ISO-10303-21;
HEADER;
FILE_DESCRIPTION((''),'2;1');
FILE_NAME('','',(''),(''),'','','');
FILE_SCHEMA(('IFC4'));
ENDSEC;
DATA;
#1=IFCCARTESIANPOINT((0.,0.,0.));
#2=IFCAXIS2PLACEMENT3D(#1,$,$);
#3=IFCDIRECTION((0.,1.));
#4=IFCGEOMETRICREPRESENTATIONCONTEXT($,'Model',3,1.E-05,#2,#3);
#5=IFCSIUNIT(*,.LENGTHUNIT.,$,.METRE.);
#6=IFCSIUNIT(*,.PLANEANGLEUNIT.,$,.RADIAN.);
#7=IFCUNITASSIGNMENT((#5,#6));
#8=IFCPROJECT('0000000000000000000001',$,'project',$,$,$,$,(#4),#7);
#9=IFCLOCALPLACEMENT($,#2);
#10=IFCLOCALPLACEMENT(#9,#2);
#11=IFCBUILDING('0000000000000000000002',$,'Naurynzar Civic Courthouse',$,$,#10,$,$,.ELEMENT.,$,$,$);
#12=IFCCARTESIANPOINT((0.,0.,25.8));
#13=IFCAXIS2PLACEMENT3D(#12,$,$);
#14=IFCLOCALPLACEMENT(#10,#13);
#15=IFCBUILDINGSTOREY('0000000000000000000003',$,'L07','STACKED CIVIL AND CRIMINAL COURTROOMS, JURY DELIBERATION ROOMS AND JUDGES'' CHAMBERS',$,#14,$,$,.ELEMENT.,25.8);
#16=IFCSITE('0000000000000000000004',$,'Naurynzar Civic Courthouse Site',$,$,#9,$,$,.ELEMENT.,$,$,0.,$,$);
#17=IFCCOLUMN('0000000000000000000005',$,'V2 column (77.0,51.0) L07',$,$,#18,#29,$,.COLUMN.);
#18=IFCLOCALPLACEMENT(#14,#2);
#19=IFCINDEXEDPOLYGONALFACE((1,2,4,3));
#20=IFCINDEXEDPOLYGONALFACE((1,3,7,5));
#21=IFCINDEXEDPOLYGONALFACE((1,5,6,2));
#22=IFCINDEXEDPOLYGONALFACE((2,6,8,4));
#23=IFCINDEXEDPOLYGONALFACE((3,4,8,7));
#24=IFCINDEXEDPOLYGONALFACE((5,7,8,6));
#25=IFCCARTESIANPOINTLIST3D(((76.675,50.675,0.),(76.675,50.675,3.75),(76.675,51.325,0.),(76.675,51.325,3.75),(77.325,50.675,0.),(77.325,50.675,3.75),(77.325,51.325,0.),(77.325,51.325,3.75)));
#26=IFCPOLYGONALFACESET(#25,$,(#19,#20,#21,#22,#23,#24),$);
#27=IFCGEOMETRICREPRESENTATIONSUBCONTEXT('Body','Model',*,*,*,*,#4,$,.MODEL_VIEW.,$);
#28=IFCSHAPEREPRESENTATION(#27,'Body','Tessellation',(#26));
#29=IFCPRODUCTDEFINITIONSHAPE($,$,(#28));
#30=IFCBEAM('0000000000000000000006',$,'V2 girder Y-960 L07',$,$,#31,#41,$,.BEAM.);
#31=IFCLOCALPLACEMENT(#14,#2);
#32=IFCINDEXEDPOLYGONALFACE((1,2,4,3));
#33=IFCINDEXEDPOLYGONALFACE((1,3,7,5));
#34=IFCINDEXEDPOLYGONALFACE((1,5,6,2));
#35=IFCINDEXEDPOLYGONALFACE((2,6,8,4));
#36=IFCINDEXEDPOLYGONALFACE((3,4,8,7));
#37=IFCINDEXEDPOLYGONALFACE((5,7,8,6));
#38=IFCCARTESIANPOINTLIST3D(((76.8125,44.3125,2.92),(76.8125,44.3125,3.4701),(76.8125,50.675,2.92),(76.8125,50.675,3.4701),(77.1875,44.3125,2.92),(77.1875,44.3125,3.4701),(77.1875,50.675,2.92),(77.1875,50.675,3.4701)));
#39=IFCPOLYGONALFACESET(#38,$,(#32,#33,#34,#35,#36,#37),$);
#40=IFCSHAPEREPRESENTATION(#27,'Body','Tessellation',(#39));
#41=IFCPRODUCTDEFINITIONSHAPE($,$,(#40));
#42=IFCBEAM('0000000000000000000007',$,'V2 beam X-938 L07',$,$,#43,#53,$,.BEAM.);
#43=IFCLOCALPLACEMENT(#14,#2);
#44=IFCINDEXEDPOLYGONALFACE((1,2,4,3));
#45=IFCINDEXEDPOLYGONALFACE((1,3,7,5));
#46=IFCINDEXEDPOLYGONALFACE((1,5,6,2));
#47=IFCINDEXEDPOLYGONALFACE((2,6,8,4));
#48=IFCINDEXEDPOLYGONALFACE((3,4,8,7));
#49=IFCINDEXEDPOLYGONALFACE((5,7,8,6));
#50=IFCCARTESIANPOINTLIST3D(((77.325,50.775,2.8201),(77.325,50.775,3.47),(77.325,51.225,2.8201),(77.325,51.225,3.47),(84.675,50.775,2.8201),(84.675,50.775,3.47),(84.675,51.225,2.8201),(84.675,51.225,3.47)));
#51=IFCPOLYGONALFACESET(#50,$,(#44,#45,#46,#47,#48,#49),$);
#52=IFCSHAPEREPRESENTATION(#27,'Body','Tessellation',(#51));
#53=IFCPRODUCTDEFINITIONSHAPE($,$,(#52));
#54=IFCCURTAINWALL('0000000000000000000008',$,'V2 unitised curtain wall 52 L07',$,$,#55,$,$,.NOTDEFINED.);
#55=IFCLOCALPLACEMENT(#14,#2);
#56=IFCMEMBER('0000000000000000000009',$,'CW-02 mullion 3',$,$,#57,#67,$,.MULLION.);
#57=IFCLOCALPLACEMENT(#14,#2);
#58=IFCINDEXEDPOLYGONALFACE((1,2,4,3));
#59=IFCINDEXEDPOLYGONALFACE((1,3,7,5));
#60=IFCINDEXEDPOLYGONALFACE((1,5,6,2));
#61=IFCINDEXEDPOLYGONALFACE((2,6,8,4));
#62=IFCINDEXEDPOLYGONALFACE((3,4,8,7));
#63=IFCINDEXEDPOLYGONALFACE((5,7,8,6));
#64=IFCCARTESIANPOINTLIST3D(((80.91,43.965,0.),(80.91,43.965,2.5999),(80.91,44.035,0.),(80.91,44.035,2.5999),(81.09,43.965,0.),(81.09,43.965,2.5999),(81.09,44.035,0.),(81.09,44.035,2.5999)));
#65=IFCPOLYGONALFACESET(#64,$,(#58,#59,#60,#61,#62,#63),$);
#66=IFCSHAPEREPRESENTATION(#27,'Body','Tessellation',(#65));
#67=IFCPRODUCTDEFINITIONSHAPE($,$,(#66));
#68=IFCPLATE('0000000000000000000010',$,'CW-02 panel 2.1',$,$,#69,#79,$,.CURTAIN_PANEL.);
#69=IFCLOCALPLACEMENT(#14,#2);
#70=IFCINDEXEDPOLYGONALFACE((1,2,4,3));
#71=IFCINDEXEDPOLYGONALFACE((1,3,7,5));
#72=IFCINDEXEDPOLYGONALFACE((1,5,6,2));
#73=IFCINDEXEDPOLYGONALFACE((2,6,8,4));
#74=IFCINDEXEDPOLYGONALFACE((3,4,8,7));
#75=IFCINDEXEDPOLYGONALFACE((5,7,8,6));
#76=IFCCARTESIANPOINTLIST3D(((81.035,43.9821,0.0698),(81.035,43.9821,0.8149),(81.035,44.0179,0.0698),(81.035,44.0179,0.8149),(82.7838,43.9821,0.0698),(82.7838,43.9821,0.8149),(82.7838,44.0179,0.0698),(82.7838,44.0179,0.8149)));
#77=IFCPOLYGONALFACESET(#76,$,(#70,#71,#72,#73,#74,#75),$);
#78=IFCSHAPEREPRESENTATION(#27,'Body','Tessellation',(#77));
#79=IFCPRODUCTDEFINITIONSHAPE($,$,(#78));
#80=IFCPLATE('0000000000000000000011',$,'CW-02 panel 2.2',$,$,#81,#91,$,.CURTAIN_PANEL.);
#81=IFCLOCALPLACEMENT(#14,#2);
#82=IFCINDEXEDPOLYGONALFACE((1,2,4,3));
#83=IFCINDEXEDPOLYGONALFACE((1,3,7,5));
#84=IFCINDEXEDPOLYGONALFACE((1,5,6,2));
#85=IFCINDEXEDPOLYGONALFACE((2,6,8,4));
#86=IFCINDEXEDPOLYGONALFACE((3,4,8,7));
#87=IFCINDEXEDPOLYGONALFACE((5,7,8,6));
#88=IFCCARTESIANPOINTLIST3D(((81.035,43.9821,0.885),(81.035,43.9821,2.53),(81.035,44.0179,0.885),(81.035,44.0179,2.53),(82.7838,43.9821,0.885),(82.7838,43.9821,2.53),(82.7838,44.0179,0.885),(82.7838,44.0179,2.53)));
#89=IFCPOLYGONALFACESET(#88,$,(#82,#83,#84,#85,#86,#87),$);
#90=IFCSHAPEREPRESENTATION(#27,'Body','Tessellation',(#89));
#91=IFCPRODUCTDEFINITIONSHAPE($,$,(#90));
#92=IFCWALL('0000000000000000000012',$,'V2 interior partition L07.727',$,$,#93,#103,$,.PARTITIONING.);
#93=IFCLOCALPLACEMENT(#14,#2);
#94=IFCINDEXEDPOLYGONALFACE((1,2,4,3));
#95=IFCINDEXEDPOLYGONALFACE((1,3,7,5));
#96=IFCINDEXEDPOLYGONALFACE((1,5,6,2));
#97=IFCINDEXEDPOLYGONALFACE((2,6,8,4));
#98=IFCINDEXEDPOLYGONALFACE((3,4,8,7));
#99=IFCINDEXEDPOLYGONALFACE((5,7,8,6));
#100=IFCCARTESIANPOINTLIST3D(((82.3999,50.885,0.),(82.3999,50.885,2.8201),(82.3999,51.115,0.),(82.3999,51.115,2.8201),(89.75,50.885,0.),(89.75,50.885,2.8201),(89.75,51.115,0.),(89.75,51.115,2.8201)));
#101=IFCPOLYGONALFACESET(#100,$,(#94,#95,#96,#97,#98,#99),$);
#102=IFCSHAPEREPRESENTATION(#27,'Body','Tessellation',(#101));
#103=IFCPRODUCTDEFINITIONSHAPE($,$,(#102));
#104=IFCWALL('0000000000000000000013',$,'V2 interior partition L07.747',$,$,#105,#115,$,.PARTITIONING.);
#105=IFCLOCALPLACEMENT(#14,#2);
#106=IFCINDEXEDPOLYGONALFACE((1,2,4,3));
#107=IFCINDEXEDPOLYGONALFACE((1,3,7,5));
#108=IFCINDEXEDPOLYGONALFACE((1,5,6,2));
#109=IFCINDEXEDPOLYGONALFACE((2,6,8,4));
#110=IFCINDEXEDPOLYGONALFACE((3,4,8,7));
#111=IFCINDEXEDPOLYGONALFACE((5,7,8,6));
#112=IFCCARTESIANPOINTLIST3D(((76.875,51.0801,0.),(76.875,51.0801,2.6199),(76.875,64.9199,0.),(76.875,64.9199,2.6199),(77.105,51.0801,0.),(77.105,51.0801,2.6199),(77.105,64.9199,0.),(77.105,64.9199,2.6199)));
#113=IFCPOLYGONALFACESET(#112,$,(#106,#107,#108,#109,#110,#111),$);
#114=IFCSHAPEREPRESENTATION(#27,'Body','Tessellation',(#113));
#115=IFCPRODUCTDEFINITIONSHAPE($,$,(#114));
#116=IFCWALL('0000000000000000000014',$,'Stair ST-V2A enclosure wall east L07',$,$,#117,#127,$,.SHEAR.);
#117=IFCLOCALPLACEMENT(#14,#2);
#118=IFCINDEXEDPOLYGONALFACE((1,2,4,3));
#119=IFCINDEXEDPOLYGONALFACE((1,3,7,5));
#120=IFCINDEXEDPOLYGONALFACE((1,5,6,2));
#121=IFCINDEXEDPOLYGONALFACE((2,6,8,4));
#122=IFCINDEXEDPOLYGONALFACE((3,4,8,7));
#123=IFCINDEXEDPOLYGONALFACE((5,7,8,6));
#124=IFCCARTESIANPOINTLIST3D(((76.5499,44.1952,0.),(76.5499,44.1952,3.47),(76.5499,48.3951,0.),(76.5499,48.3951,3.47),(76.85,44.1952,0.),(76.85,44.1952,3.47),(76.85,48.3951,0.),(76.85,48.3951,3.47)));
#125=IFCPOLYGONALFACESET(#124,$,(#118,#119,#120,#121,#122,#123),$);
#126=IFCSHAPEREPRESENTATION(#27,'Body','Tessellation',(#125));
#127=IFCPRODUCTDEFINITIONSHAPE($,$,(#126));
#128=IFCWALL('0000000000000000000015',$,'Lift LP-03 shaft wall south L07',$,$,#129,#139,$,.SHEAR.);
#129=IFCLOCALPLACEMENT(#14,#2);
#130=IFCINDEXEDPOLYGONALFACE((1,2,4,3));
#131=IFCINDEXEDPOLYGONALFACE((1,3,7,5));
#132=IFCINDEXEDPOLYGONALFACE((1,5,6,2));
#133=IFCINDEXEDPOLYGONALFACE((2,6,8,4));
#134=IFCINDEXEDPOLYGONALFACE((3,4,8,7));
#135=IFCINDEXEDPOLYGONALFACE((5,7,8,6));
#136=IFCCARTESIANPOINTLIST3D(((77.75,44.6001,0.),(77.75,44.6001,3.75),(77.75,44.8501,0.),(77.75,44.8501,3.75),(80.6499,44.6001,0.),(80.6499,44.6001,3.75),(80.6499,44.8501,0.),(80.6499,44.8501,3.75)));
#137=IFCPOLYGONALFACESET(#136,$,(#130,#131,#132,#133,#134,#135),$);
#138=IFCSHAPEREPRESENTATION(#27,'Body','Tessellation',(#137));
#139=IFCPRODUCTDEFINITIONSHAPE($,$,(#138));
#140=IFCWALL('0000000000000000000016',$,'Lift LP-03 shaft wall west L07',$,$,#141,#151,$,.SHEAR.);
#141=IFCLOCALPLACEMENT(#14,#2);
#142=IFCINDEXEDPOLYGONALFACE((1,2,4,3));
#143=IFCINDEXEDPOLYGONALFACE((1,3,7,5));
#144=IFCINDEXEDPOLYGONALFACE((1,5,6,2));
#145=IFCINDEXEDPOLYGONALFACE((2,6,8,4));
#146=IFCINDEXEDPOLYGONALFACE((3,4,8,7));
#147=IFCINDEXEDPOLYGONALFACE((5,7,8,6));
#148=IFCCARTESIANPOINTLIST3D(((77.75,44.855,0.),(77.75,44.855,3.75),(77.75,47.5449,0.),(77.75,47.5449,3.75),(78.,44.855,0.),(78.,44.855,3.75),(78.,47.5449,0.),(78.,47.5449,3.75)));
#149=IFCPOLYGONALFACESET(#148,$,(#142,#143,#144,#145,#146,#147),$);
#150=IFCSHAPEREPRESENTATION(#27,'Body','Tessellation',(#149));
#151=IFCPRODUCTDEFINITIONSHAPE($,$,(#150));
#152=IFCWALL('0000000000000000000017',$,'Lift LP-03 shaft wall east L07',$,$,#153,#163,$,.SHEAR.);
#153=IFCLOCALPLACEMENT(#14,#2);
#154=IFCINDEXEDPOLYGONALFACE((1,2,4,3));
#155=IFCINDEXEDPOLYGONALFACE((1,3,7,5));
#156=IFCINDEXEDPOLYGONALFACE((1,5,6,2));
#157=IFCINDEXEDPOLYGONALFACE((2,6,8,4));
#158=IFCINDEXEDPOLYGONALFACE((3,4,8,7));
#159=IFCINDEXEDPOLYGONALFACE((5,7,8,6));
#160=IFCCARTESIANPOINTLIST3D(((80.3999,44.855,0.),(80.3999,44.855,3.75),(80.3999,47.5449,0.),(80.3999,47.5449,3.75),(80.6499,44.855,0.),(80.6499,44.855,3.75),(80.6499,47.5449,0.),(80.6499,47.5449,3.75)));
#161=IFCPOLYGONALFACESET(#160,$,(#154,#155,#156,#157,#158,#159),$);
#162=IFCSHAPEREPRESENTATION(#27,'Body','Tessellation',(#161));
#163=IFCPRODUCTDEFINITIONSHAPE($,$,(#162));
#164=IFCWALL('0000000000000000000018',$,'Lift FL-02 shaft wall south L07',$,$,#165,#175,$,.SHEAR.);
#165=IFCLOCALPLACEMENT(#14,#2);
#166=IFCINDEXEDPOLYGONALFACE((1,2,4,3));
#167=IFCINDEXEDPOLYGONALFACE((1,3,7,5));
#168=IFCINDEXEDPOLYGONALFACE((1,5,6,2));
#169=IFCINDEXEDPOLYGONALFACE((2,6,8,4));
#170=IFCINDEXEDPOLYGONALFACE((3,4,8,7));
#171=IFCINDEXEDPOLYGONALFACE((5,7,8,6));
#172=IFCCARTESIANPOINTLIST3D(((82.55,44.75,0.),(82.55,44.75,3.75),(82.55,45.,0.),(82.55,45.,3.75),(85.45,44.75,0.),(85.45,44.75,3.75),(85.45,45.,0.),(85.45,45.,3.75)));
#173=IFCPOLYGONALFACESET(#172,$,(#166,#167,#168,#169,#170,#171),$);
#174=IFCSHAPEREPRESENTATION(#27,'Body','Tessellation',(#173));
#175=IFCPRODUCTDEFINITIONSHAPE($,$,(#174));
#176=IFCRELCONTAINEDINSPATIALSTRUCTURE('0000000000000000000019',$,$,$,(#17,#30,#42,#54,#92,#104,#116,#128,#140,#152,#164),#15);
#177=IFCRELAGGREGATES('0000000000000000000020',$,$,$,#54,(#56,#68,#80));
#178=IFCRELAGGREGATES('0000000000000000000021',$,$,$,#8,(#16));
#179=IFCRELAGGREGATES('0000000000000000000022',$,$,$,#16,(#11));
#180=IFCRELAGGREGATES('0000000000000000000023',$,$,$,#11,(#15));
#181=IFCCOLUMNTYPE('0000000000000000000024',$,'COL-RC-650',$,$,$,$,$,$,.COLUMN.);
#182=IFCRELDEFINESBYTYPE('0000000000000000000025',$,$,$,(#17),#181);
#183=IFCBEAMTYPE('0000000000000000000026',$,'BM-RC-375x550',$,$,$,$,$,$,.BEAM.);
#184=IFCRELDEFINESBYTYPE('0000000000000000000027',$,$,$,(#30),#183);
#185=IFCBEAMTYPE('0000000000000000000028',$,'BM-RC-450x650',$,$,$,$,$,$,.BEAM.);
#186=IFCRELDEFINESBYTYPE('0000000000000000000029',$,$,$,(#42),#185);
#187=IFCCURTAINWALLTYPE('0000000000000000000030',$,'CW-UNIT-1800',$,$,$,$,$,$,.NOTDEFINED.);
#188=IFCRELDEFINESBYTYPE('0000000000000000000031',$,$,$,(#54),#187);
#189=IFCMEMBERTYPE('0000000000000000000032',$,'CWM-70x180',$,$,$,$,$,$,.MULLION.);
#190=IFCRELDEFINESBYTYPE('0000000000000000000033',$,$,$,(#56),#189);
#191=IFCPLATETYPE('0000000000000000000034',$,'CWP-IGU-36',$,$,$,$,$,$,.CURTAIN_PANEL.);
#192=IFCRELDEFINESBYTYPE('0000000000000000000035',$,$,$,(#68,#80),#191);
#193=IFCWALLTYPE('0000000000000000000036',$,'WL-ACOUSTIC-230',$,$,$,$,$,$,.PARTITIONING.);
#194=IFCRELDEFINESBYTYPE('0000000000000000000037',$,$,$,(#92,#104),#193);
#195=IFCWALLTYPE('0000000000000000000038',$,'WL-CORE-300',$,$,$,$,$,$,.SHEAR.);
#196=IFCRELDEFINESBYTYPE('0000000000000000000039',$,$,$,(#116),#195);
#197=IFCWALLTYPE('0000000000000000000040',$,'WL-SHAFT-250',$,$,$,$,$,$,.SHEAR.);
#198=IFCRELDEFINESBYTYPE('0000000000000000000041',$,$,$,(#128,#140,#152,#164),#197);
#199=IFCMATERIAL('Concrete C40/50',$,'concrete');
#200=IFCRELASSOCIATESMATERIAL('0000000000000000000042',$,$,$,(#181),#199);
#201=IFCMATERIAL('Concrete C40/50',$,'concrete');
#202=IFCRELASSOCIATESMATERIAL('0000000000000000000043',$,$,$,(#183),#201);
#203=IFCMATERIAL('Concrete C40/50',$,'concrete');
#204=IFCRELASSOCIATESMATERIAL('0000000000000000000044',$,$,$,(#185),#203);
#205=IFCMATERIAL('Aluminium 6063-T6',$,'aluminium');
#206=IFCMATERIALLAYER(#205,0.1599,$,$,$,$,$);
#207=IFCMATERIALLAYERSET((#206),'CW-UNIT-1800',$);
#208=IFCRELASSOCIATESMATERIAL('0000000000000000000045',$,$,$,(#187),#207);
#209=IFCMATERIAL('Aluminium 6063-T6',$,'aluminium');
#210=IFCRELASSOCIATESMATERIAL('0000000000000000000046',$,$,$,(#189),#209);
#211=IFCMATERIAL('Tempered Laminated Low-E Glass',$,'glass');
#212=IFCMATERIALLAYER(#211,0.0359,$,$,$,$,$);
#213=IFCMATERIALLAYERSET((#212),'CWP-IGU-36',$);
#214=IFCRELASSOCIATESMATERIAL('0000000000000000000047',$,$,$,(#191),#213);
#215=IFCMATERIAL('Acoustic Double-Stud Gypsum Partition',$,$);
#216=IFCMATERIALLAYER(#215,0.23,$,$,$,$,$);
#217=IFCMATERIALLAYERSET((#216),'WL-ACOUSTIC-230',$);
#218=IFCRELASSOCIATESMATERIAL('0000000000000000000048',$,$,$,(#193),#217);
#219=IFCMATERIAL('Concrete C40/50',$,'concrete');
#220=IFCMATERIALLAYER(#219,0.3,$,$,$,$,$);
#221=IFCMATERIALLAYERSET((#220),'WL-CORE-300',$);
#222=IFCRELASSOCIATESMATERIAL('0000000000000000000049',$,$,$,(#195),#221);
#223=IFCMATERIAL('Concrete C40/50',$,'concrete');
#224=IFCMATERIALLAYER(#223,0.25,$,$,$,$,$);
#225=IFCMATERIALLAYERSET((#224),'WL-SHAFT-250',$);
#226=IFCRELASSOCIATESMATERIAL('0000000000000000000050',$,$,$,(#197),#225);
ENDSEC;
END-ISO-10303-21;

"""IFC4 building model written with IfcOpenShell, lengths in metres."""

from ifc_helpers import new_model, si_unit, direction, frame, frame_2d, origin, origin_2d, place, context, subcontext, project, spatial, rectangle, extrude, material, layer, layer_set, material_profile, profile_set, type_object, element, aggregate, save


model = new_model("IFC4")

# Units and contexts
model_context = context("Model", 3, precision=1e-05, world=origin(), true_north=direction((0.0, 1.0)))
body_context = subcontext(model_context, "Body", "Model", "MODEL_VIEW")
ifc_project = project(units=[si_unit("LENGTHUNIT", "METRE"), si_unit("PLANEANGLEUNIT", "RADIAN")], contexts=[model_context])

# Site, building, storey
site_placement = place(None, origin())
site = spatial("IfcSite", under=ifc_project, at=site_placement, Name="Naurynzar Civic Courthouse Site", CompositionType="ELEMENT", RefElevation=0.0)
building_placement = place(site_placement, origin())
building = spatial("IfcBuilding", under=site, at=building_placement, Name="Naurynzar Civic Courthouse", CompositionType="ELEMENT")
storey_placement = place(building_placement, frame((0.0, 0.0, 25.8)))
storey = spatial("IfcBuildingStorey", under=building, at=storey_placement, Name="L07", Description="STACKED CIVIL AND CRIMINAL COURTROOMS, JURY DELIBERATION ROOMS AND JUDGES' CHAMBERS", CompositionType="ELEMENT", Elevation=25.8)

# Column
ifc_material_1 = material(Name="Concrete C40/50", Category="concrete")
ifc_material_profile_1 = material_profile(ifc_material_1, rectangle(XDim=0.6499, YDim=0.6499, at=origin_2d()), Name="RC 650x650")
ifc_profile_set_1 = profile_set([ifc_material_profile_1], Name="Concrete C40/50")
column_type = type_object("IfcColumnType", Name="COL-RC-650", PredefinedType="COLUMN", material=ifc_profile_set_1)
column_placement = place(storey_placement, frame((77.0, 51.0, 0.0), z_axis=(0.0, 0.0, 1.0), x_axis=(1.0, 0.0, 0.0)))
element("IfcColumn", 1, at=column_placement, inside=storey, type_object=column_type, Name="V2 column (77.0,51.0) L07", PredefinedType="COLUMN", context=body_context, shape_type="SweptSolid", body=[
    extrude(rectangle(XDim=0.6499, YDim=0.6499, at=origin_2d()), origin(), (0.0, 0.0, 1.0), 3.75),
])

# Beams
ifc_material_2 = material(Name="Concrete C40/50", Category="concrete")
ifc_material_profile_2 = material_profile(ifc_material_2, rectangle(XDim=0.375, YDim=0.55, at=origin_2d()), Name="RCB 375x550")
ifc_profile_set_2 = profile_set([ifc_material_profile_2], Name="Concrete C40/50")
beam_type_1 = type_object("IfcBeamType", Name="BM-RC-375x550", PredefinedType="BEAM", material=ifc_profile_set_2)
beam_1_placement = place(storey_placement, frame((77.0, 44.3125, 3.1951), z_axis=(0.0, 1.0, 0.0), x_axis=(-1.0, 0.0, 0.0)))
element("IfcBeam", 2, at=beam_1_placement, inside=storey, type_object=beam_type_1, Name="V2 girder Y-960 L07", PredefinedType="BEAM", context=body_context, shape_type="SweptSolid", body=[
    extrude(rectangle(XDim=0.375, YDim=0.55, at=origin_2d()), origin(), (0.0, 0.0, 1.0), 6.3625),
])
ifc_material_3 = material(Name="Concrete C40/50", Category="concrete")
ifc_material_profile_3 = material_profile(ifc_material_3, rectangle(XDim=0.45, YDim=0.6499, at=origin_2d()), Name="RCB 450x650")
ifc_profile_set_3 = profile_set([ifc_material_profile_3], Name="Concrete C40/50")
beam_type_2 = type_object("IfcBeamType", Name="BM-RC-450x650", PredefinedType="BEAM", material=ifc_profile_set_3)
beam_2_placement = place(storey_placement, frame((77.325, 51.0, 3.145), z_axis=(1.0, 0.0, 0.0), x_axis=(0.0, 1.0, 0.0)))
element("IfcBeam", 3, at=beam_2_placement, inside=storey, type_object=beam_type_2, Name="V2 beam X-938 L07", PredefinedType="BEAM", context=body_context, shape_type="SweptSolid", body=[
    extrude(rectangle(XDim=0.45, YDim=0.6499, at=origin_2d()), origin(), (0.0, 0.0, 1.0), 7.3501),
])

# Curtain wall, member, plates
ifc_material_4 = material(Name="Aluminium 6063-T6", Category="aluminium")
ifc_layer_1 = layer(ifc_material_4, 0.1599)
ifc_layer_set_1 = layer_set([ifc_layer_1], Name="CW-UNIT-1800")
curtain_wall_type = type_object("IfcCurtainWallType", Name="CW-UNIT-1800", PredefinedType="NOTDEFINED", material=ifc_layer_set_1)
curtain_wall_placement = place(storey_placement, origin())
curtain_wall = element("IfcCurtainWall", 4, at=curtain_wall_placement, inside=storey, type_object=curtain_wall_type, Name="V2 unitised curtain wall 52 L07", PredefinedType="NOTDEFINED")
ifc_material_5 = material(Name="Aluminium 6063-T6", Category="aluminium")
ifc_material_profile_4 = material_profile(ifc_material_5, rectangle(XDim=0.0701, YDim=0.1799, at=origin_2d()), Name="ALU MULLION 70x180")
ifc_profile_set_4 = profile_set([ifc_material_profile_4], Name="Aluminium 6063-T6")
member_type = type_object("IfcMemberType", Name="CWM-70x180", PredefinedType="MULLION", material=ifc_profile_set_4)
member_placement = place(storey_placement, frame((81.0, 44.0, 0.0), z_axis=(0.0, 0.0, 1.0), x_axis=(0.0, -1.0, 0.0)))
member = element("IfcMember", 5, at=member_placement, type_object=member_type, Name="CW-02 mullion 3", PredefinedType="MULLION", context=body_context, shape_type="SweptSolid", body=[
    extrude(rectangle(XDim=0.0701, YDim=0.1799, at=origin_2d()), origin(), (0.0, 0.0, 1.0), 2.5999),
])
ifc_material_6 = material(Name="Tempered Laminated Low-E Glass", Category="glass")
ifc_layer_2 = layer(ifc_material_6, 0.0359)
ifc_layer_set_2 = layer_set([ifc_layer_2], Name="CWP-IGU-36")
plate_type = type_object("IfcPlateType", Name="CWP-IGU-36", PredefinedType="CURTAIN_PANEL", material=ifc_layer_set_2)
plate_1_placement = place(storey_placement, frame((81.9094, 44.0, 0.0698), z_axis=(0.0, 0.0, 1.0), x_axis=(-1.0, 0.0, 0.0)))
plate_1 = element("IfcPlate", 6, at=plate_1_placement, type_object=plate_type, Name="CW-02 panel 2.1", PredefinedType="CURTAIN_PANEL", context=body_context, shape_type="SweptSolid", body=[
    extrude(rectangle(XDim=1.7488, YDim=0.0359, at=origin_2d()), origin(), (0.0, 0.0, 1.0), 0.7451),
])
plate_2_placement = place(storey_placement, frame((81.9094, 44.0, 0.885), z_axis=(0.0, 0.0, 1.0), x_axis=(-1.0, 0.0, 0.0)))
plate_2 = element("IfcPlate", 7, at=plate_2_placement, type_object=plate_type, Name="CW-02 panel 2.2", PredefinedType="CURTAIN_PANEL", context=body_context, shape_type="SweptSolid", body=[
    extrude(rectangle(XDim=1.7488, YDim=0.0359, at=origin_2d()), origin(), (0.0, 0.0, 1.0), 1.645),
])
aggregate(curtain_wall, [member, plate_1, plate_2])

# Walls
ifc_material_7 = material(Name="Acoustic Double-Stud Gypsum Partition")
ifc_layer_3 = layer(ifc_material_7, 0.23)
ifc_layer_set_3 = layer_set([ifc_layer_3], Name="WL-ACOUSTIC-230")
wall_type_1 = type_object("IfcWallType", Name="WL-ACOUSTIC-230", PredefinedType="PARTITIONING", material=ifc_layer_set_3)
wall_1_placement = place(storey_placement, frame((82.3999, 51.0, 0.0), z_axis=(0.0, 0.0, 1.0), x_axis=(1.0, 0.0, 0.0)))
element("IfcWall", 8, at=wall_1_placement, inside=storey, type_object=wall_type_1, Name="V2 interior partition L07.727", PredefinedType="PARTITIONING", context=body_context, shape_type="SweptSolid", body=[
    extrude(rectangle(XDim=7.3501, YDim=0.23, at=frame_2d((3.675, 0.0))), origin(), (0.0, 0.0, 1.0), 2.8201),
])
wall_2_placement = place(storey_placement, frame((76.99, 51.0801, 0.0), z_axis=(0.0, 0.0, 1.0), x_axis=(0.0, 1.0, 0.0)))
element("IfcWall", 9, at=wall_2_placement, inside=storey, type_object=wall_type_1, Name="V2 interior partition L07.747", PredefinedType="PARTITIONING", context=body_context, shape_type="SweptSolid", body=[
    extrude(rectangle(XDim=13.8398, YDim=0.23, at=frame_2d((6.9199, 0.0))), origin(), (0.0, 0.0, 1.0), 2.6199),
])

# Shared definitions
ifc_material_8 = material(Name="Concrete C40/50", Category="concrete")
ifc_layer_4 = layer(ifc_material_8, 0.3)
ifc_layer_set_4 = layer_set([ifc_layer_4], Name="WL-CORE-300")
wall_type_2 = type_object("IfcWallType", Name="WL-CORE-300", PredefinedType="SHEAR", material=ifc_layer_set_4)

# Walls
wall_3_placement = place(storey_placement, frame((76.7, 44.1951, 0.0), z_axis=(0.0, 0.0, 1.0), x_axis=(0.0, 1.0, 0.0)))
element("IfcWall", 10, at=wall_3_placement, inside=storey, type_object=wall_type_2, Name="Stair ST-V2A enclosure wall east L07", PredefinedType="SHEAR", context=body_context, shape_type="SweptSolid", body=[
    extrude(rectangle(XDim=4.2, YDim=0.3, at=frame_2d((2.1001, 0.0))), origin(), (0.0, 0.0, 1.0), 3.47),
])
ifc_material_9 = material(Name="Concrete C40/50", Category="concrete")
ifc_layer_5 = layer(ifc_material_9, 0.25)
ifc_layer_set_5 = layer_set([ifc_layer_5], Name="WL-SHAFT-250")
wall_type_3 = type_object("IfcWallType", Name="WL-SHAFT-250", PredefinedType="SHEAR", material=ifc_layer_set_5)
wall_4_placement = place(storey_placement, frame((77.75, 44.7251, 0.0), z_axis=(0.0, 0.0, 1.0), x_axis=(1.0, 0.0, 0.0)))
element("IfcWall", 11, at=wall_4_placement, inside=storey, type_object=wall_type_3, Name="Lift LP-03 shaft wall south L07", PredefinedType="SHEAR", context=body_context, shape_type="SweptSolid", body=[
    extrude(rectangle(XDim=2.8999, YDim=0.25, at=frame_2d((1.45, 0.0))), origin(), (0.0, 0.0, 1.0), 3.75),
])

# Walls
for number, where, z_axis, x_axis, name in (
    (12, (77.875, 47.5449, 0.0), (0.0, 0.0, 1.0), (0.0, -1.0, 0.0), "Lift LP-03 shaft wall west L07"),
    (13, (80.5249, 44.855, 0.0), (0.0, 0.0, 1.0), (0.0, 1.0, 0.0), "Lift LP-03 shaft wall east L07"),
):
    element("IfcWall", number, at=place(storey_placement, frame(where, z_axis=z_axis, x_axis=x_axis)), inside=storey, type_object=wall_type_3, Name=name, PredefinedType="SHEAR", context=body_context, shape_type="SweptSolid", body=[
        extrude(rectangle(XDim=2.6899, YDim=0.25, at=frame_2d((1.345, 0.0))), origin(), (0.0, 0.0, 1.0), 3.75),
    ])
wall_5_placement = place(storey_placement, frame((82.55, 44.875, 0.0), z_axis=(0.0, 0.0, 1.0), x_axis=(1.0, 0.0, 0.0)))
element("IfcWall", 14, at=wall_5_placement, inside=storey, type_object=wall_type_3, Name="Lift FL-02 shaft wall south L07", PredefinedType="SHEAR", context=body_context, shape_type="SweptSolid", body=[
    extrude(rectangle(XDim=2.8999, YDim=0.25, at=frame_2d((1.45, 0.0))), origin(), (0.0, 0.0, 1.0), 3.75),
])

save(model, "model.ifc")
